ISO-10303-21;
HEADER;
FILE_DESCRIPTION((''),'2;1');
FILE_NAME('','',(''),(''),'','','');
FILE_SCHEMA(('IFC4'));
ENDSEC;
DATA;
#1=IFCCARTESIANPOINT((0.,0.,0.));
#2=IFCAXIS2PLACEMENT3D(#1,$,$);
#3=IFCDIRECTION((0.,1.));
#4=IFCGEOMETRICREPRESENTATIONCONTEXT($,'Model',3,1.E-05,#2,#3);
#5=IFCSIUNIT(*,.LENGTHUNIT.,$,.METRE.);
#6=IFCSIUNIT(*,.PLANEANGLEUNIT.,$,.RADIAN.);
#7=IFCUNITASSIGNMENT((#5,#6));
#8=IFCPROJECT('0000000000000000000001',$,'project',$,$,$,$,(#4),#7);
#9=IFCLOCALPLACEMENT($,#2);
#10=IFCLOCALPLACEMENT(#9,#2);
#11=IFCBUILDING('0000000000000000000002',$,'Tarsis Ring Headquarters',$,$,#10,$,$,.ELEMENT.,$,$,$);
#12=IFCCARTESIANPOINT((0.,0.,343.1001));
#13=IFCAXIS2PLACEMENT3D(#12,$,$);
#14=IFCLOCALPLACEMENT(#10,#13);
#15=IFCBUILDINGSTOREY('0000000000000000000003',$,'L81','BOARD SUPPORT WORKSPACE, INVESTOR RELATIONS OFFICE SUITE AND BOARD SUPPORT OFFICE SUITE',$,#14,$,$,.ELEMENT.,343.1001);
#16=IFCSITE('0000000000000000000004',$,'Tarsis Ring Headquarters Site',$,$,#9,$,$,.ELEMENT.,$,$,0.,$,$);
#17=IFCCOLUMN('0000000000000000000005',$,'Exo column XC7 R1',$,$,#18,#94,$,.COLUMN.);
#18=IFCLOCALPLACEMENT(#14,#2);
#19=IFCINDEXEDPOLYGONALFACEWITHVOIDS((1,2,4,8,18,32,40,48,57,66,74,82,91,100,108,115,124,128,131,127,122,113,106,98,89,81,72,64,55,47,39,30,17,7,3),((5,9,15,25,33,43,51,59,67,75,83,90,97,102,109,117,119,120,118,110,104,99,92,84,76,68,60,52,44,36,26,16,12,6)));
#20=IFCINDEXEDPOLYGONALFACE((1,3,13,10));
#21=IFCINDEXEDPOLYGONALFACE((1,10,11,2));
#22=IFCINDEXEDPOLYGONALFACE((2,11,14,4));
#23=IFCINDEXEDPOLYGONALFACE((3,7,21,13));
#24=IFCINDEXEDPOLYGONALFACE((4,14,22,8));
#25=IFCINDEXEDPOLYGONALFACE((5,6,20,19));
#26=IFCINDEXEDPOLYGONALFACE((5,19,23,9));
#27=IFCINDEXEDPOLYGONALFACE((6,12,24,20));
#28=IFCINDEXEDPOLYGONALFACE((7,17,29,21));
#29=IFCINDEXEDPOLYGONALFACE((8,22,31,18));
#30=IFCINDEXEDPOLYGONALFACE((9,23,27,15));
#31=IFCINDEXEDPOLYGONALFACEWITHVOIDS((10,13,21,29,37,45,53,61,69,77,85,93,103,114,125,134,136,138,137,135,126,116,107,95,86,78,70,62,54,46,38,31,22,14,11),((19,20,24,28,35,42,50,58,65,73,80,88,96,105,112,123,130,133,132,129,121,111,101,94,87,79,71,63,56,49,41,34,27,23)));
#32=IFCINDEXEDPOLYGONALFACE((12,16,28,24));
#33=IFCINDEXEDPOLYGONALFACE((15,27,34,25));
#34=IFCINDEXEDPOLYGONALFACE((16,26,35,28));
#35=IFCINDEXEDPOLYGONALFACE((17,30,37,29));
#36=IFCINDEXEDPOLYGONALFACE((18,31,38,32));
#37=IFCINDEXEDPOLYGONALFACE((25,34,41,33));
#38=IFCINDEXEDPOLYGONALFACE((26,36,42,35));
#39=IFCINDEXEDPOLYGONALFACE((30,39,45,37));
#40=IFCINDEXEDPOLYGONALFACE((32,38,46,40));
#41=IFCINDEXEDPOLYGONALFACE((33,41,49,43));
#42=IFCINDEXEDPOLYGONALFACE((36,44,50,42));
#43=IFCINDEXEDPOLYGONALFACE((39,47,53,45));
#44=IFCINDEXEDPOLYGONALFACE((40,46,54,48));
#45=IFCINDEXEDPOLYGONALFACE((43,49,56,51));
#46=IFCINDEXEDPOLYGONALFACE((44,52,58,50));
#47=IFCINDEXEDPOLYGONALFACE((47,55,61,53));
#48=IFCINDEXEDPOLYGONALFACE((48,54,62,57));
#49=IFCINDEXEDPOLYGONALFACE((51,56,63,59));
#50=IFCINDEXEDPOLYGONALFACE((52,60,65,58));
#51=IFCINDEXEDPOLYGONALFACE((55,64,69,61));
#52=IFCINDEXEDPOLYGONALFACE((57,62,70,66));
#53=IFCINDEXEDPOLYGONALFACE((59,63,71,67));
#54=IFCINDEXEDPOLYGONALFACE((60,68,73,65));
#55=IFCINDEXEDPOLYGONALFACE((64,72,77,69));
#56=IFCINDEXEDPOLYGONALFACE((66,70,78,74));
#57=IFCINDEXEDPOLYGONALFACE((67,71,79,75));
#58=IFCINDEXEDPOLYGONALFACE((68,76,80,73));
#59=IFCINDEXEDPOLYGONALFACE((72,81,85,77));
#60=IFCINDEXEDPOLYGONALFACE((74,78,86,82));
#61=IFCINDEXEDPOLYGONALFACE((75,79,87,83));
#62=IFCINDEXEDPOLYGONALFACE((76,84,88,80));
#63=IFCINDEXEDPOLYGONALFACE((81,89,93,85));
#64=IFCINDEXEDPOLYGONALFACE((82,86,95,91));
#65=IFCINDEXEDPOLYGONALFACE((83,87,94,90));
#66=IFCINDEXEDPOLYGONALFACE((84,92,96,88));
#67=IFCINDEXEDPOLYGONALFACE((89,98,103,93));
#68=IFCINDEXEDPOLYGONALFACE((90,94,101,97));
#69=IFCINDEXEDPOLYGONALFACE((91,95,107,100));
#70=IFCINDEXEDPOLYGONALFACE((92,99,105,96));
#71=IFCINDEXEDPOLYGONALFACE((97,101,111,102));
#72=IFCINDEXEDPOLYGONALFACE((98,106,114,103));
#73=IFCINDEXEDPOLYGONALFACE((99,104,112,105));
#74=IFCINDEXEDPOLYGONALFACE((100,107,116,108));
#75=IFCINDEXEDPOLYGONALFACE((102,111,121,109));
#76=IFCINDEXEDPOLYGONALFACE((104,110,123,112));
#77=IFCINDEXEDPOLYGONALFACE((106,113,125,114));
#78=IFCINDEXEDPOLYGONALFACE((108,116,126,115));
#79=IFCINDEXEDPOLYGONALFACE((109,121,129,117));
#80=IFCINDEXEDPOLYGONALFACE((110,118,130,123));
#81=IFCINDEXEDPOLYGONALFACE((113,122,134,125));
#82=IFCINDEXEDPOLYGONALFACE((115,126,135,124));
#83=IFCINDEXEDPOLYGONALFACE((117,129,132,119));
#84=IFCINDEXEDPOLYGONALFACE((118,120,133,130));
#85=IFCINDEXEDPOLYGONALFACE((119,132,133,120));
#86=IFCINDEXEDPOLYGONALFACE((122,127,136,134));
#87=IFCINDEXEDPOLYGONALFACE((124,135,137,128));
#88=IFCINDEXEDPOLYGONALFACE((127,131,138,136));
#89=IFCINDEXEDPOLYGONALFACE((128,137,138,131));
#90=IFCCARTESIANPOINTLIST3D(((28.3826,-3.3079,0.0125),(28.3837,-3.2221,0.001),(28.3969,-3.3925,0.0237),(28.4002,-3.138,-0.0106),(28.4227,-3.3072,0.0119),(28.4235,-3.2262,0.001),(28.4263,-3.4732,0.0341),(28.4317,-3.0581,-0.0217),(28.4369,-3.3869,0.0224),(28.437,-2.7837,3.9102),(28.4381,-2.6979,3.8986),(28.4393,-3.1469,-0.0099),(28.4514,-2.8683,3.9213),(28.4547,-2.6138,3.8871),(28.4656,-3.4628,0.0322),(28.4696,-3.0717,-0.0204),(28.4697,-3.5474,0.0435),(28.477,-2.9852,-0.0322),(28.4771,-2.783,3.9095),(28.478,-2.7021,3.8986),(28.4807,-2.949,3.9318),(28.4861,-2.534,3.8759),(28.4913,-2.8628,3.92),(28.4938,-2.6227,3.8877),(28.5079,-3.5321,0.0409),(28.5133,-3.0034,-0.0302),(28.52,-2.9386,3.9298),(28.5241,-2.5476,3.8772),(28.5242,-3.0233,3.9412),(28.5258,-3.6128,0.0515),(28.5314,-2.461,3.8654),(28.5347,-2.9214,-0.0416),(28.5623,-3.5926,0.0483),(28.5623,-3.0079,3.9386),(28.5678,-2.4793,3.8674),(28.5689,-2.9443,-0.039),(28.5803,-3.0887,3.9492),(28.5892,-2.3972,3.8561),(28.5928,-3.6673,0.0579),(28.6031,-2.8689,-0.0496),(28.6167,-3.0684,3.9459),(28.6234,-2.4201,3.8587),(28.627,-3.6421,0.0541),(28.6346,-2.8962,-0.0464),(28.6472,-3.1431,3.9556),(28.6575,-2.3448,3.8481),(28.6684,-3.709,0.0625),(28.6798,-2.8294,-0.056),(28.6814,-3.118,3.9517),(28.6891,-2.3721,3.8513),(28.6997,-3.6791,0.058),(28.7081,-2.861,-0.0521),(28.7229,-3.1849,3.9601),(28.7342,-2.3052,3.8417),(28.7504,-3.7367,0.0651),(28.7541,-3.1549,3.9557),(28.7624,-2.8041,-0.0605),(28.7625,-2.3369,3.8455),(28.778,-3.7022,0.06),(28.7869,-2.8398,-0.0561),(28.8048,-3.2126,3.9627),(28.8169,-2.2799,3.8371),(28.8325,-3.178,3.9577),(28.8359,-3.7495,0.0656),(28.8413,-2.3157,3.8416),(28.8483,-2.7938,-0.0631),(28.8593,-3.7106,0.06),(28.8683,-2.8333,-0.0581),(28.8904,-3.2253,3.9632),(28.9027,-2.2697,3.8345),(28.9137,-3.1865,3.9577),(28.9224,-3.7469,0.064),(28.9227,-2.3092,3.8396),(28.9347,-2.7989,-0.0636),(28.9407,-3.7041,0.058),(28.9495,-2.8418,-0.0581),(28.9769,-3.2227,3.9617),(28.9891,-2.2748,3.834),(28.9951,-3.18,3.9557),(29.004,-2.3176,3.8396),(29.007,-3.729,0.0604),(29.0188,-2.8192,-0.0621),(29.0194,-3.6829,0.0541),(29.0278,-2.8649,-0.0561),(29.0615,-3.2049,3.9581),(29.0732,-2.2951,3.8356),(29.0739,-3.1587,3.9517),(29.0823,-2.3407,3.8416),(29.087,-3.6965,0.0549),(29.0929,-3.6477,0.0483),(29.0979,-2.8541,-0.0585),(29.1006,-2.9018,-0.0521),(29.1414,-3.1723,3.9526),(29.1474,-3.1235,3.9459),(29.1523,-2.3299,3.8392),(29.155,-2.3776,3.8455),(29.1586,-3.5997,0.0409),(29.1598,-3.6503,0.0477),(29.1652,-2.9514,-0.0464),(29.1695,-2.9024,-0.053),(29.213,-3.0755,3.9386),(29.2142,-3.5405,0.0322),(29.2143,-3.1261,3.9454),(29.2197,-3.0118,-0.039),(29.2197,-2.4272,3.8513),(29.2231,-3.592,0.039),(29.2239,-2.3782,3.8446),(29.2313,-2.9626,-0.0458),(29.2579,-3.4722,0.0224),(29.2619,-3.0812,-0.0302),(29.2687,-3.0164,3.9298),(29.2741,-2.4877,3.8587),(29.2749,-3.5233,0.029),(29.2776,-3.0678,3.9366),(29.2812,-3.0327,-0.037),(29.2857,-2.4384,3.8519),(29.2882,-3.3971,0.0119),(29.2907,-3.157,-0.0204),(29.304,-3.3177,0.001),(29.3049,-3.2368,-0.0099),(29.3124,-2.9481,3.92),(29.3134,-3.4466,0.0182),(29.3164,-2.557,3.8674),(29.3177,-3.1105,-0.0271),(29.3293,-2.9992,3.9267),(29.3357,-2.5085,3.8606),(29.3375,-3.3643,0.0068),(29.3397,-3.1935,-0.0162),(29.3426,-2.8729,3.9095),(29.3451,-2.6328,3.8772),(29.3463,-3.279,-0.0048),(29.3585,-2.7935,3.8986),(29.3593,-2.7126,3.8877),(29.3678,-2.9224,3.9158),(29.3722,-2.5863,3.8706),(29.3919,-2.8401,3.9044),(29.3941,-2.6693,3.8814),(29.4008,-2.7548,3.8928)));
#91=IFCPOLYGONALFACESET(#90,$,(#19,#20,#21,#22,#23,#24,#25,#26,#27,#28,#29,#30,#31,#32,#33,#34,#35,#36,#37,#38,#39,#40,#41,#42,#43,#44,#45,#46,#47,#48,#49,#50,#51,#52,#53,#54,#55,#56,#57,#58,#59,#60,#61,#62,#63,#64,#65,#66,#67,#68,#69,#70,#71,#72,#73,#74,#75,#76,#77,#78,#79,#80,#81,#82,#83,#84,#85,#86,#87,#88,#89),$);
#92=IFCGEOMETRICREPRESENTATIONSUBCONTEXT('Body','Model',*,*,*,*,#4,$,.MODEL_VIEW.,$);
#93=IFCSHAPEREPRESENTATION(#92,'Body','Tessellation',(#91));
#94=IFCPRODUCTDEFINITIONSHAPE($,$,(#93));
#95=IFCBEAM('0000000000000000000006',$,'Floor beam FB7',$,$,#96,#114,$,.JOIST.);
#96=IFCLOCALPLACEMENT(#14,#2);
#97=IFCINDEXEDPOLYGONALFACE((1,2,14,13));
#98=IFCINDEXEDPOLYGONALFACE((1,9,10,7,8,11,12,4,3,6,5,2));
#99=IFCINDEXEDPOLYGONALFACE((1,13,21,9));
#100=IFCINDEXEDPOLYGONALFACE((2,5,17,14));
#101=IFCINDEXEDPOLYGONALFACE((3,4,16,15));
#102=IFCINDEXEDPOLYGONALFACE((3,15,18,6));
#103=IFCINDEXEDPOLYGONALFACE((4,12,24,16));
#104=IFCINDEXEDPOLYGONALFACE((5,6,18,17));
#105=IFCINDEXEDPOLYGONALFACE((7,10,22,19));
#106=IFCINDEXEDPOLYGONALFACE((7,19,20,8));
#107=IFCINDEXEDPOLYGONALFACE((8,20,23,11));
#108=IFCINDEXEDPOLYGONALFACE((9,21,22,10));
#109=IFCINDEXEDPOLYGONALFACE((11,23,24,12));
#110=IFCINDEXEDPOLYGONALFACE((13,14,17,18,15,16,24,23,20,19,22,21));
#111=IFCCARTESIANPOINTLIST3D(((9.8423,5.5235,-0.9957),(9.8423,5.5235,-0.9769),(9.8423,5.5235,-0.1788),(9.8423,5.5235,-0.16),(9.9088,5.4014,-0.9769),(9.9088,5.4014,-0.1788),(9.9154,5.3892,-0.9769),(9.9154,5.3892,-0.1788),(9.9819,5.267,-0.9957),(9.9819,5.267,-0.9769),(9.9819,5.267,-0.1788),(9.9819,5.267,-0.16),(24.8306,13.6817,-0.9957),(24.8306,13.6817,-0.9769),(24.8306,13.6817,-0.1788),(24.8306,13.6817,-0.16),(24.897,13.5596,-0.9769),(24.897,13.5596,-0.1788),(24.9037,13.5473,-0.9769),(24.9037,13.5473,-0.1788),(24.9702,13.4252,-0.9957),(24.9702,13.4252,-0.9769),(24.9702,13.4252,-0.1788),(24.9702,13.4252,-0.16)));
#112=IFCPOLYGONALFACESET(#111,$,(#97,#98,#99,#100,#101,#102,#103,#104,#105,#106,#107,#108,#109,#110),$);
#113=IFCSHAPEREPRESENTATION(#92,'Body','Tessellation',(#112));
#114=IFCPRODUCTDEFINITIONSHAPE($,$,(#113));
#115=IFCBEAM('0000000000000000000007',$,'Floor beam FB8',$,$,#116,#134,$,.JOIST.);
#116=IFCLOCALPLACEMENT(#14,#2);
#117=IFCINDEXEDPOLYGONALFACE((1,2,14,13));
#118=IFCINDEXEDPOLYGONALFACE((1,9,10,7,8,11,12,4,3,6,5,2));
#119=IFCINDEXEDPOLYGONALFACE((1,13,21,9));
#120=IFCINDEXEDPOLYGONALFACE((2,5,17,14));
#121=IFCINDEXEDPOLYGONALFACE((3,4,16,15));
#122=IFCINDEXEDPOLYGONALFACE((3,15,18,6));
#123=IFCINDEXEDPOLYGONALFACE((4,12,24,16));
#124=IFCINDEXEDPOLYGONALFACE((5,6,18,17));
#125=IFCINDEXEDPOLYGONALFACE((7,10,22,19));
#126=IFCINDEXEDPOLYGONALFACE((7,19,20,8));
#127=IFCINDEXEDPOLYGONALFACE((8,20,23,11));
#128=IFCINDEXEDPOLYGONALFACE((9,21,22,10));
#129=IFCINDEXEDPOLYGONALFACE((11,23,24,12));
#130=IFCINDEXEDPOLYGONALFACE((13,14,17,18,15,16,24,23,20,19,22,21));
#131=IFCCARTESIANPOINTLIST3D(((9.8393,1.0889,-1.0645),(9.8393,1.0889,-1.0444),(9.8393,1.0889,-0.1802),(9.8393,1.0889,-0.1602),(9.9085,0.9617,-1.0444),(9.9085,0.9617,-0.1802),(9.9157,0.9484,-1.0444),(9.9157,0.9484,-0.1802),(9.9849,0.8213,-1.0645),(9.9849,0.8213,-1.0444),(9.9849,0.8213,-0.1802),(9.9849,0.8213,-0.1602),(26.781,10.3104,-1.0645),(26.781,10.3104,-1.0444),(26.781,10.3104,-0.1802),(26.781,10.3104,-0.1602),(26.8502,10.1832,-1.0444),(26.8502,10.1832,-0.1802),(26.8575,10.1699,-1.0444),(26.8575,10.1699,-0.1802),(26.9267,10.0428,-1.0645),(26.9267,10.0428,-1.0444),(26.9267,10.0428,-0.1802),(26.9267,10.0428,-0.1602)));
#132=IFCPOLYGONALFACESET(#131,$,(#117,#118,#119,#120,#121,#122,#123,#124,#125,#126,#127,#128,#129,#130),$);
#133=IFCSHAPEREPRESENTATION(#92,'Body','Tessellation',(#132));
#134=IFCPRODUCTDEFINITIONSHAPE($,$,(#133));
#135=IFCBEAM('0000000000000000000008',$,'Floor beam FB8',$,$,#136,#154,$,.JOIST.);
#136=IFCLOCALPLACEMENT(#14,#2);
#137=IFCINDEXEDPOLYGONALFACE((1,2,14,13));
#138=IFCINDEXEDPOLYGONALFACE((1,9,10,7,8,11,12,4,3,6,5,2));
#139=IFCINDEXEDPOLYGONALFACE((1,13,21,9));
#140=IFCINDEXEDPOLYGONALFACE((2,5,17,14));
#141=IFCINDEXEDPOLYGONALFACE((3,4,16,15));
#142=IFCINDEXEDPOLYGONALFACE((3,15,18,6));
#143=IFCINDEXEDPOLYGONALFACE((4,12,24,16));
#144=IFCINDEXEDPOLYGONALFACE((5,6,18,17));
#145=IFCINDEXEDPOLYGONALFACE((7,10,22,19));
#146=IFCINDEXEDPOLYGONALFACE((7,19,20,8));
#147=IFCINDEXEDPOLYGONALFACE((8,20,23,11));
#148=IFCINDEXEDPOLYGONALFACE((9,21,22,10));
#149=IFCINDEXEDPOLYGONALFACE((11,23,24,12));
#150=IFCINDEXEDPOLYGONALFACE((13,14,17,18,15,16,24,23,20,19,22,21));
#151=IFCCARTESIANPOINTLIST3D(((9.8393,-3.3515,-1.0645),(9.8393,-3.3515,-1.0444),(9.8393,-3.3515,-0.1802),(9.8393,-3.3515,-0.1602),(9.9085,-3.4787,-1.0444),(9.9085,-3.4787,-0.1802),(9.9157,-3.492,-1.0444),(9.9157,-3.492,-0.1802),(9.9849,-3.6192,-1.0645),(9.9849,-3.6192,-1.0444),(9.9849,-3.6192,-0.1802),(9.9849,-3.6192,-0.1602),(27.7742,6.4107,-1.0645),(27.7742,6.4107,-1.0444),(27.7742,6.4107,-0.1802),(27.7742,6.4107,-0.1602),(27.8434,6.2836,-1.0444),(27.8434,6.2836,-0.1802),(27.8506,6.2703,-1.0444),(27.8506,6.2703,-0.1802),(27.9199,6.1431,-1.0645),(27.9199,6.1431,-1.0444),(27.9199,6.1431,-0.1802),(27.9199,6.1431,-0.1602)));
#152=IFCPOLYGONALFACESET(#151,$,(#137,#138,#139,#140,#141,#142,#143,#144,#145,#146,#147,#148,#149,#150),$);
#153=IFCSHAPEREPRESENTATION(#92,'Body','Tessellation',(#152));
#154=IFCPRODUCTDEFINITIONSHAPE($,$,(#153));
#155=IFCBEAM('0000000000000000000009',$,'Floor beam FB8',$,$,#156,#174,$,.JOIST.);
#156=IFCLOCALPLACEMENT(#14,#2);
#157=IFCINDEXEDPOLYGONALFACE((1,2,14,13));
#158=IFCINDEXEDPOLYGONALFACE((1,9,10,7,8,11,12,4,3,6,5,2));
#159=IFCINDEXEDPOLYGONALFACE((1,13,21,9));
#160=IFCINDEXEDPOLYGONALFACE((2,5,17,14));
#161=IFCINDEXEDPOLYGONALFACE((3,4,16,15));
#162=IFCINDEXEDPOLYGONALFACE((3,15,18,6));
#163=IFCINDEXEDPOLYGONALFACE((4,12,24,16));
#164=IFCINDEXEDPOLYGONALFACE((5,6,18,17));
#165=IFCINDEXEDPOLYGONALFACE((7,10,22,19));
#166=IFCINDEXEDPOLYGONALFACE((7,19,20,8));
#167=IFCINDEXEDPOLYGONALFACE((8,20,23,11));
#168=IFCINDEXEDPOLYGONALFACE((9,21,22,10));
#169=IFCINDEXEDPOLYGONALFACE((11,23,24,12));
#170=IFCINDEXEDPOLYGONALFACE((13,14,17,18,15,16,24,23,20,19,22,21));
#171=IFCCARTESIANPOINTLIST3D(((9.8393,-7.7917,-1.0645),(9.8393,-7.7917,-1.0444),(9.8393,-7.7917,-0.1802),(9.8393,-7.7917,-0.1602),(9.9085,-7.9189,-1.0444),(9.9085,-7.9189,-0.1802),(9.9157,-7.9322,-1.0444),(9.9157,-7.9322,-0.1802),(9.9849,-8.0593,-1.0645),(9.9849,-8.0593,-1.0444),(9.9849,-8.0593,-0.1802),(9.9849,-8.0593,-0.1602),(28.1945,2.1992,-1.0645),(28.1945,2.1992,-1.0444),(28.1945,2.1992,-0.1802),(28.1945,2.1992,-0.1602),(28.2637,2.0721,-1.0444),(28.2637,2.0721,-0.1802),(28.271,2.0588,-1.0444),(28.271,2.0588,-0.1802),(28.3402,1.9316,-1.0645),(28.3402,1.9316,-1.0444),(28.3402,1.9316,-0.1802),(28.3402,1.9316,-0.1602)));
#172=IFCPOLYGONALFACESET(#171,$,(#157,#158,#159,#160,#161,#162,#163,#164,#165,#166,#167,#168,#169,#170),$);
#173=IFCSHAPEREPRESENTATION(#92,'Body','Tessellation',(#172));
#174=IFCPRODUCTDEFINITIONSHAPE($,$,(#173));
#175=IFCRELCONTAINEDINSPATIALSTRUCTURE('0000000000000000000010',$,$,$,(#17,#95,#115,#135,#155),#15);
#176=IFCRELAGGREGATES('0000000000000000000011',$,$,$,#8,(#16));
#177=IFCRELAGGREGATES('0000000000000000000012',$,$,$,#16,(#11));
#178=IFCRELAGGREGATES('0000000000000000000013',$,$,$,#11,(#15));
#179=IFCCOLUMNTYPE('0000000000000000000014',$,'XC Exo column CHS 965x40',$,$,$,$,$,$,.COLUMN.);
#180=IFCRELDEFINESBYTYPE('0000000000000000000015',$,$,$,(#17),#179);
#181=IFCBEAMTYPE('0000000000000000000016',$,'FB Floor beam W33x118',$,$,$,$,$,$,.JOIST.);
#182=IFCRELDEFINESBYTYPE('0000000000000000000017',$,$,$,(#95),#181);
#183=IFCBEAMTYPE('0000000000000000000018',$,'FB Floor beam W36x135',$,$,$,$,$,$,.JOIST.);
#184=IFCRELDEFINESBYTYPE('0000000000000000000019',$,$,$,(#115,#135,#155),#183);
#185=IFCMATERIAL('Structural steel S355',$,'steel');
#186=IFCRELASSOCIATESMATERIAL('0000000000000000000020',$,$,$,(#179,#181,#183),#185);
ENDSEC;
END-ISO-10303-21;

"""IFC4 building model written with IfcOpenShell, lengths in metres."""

from ifc_helpers import new_model, si_unit, direction, frame, origin, origin_2d, place, context, subcontext, project, spatial, hollow_circle, i_section, extrude, material, material_profile, profile_set, type_object, element, save


model = new_model("IFC4")

# Units and contexts
model_context = context("Model", 3, precision=1e-05, world=origin(), true_north=direction((0.0, 1.0)))
body_context = subcontext(model_context, "Body", "Model", "MODEL_VIEW")
ifc_project = project(units=[si_unit("LENGTHUNIT", "METRE"), si_unit("PLANEANGLEUNIT", "RADIAN")], contexts=[model_context])

# Site, building, storey
site_placement = place(None, origin())
site = spatial("IfcSite", under=ifc_project, at=site_placement, Name="Tarsis Ring Headquarters Site", CompositionType="ELEMENT", RefElevation=0.0)
building_placement = place(site_placement, origin())
building = spatial("IfcBuilding", under=site, at=building_placement, Name="Tarsis Ring Headquarters", CompositionType="ELEMENT")
storey_placement = place(building_placement, frame((0.0, 0.0, 343.1001)))
storey = spatial("IfcBuildingStorey", under=building, at=storey_placement, Name="L81", Description="BOARD SUPPORT WORKSPACE, INVESTOR RELATIONS OFFICE SUITE AND BOARD SUPPORT OFFICE SUITE", CompositionType="ELEMENT", Elevation=343.1001)

# Column
ifc_material_1 = material(Name="Structural steel S355", Category="steel")
ifc_material_profile_1 = material_profile(ifc_material_1, hollow_circle(Radius=0.4827, WallThickness=0.04, at=origin_2d()), Name="CHS 965x40")
ifc_profile_set_1 = profile_set([ifc_material_profile_1], Name="Structural steel S355")
column_type = type_object("IfcColumnType", Name="XC Exo column CHS 965x40", PredefinedType="COLUMN", material=ifc_profile_set_1)
column_placement = place(storey_placement, frame((28.8638, -3.272, 0.001), z_axis=(0.013842, 0.133269, 0.990983), x_axis=(-0.994649, 0.10331, 0.0)))
element("IfcColumn", 1, at=column_placement, inside=storey, type_object=column_type, Name="Exo column XC7 R1", PredefinedType="COLUMN", context=body_context, shape_type="SweptSolid", body=[
    extrude(hollow_circle(Radius=0.4827, WallThickness=0.04, at=origin_2d()), origin(), (0.0, 0.0, 1.0), 3.9331),
])

# Beams
ifc_material_profile_2 = material_profile(ifc_material_1, i_section(OverallWidth=0.292, OverallDepth=0.8357, WebThickness=0.0139, FlangeThickness=0.0188, at=origin_2d()), Name="W33x118")
ifc_profile_set_2 = profile_set([ifc_material_profile_2], Name="Structural steel S355")
beam_type_1 = type_object("IfcBeamType", Name="FB Floor beam W33x118", PredefinedType="JOIST", material=ifc_profile_set_2)
beam_1_placement = place(storey_placement, frame((9.9121, 5.3953, -0.5779), z_axis=(0.87832, 0.478074, 0.0), x_axis=(-0.478074, 0.87832, 0.0)))
element("IfcBeam", 2, at=beam_1_placement, inside=storey, type_object=beam_type_1, Name="Floor beam FB7", PredefinedType="JOIST", context=body_context, shape_type="SweptSolid", body=[
    extrude(i_section(OverallWidth=0.292, OverallDepth=0.8357, WebThickness=0.0139, FlangeThickness=0.0188, at=origin_2d()), origin(), (0.0, 0.0, 1.0), 17.0647),
])
ifc_material_profile_3 = material_profile(ifc_material_1, i_section(OverallWidth=0.3047, OverallDepth=0.9043, WebThickness=0.0151, FlangeThickness=0.02, at=origin_2d()), Name="W36x135")
ifc_profile_set_3 = profile_set([ifc_material_profile_3], Name="Structural steel S355")
beam_type_2 = type_object("IfcBeamType", Name="FB Floor beam W36x135", PredefinedType="JOIST", material=ifc_profile_set_3)
beam_2_placement = place(storey_placement, frame((9.9121, 0.9551, -0.6123), z_axis=(0.878319, 0.478074, 0.0), x_axis=(-0.478074, 0.878319, 0.0)))
element("IfcBeam", 3, at=beam_2_placement, inside=storey, type_object=beam_type_2, Name="Floor beam FB8", PredefinedType="JOIST", context=body_context, shape_type="SweptSolid", body=[
    extrude(i_section(OverallWidth=0.3047, OverallDepth=0.9043, WebThickness=0.0151, FlangeThickness=0.02, at=origin_2d()), origin(), (0.0, 0.0, 1.0), 19.2888),
])
beam_3_placement = place(storey_placement, frame((9.9121, -3.4854, -0.6123), z_axis=(0.878316, 0.478081, 0.0), x_axis=(-0.478081, 0.878316, 0.0)))
element("IfcBeam", 4, at=beam_3_placement, inside=storey, type_object=beam_type_2, Name="Floor beam FB8", PredefinedType="JOIST", context=body_context, shape_type="SweptSolid", body=[
    extrude(i_section(OverallWidth=0.3047, OverallDepth=0.9043, WebThickness=0.0151, FlangeThickness=0.02, at=origin_2d()), origin(), (0.0, 0.0, 1.0), 20.4197),
])
beam_4_placement = place(storey_placement, frame((9.9121, -7.9255, -0.6123), z_axis=(0.878317, 0.478078, 0.0), x_axis=(-0.478078, 0.878317, 0.0)))
element("IfcBeam", 5, at=beam_4_placement, inside=storey, type_object=beam_type_2, Name="Floor beam FB8", PredefinedType="JOIST", context=body_context, shape_type="SweptSolid", body=[
    extrude(i_section(OverallWidth=0.3047, OverallDepth=0.9043, WebThickness=0.0151, FlangeThickness=0.02, at=origin_2d()), origin(), (0.0, 0.0, 1.0), 20.8982),
])

save(model, "model.ifc")
